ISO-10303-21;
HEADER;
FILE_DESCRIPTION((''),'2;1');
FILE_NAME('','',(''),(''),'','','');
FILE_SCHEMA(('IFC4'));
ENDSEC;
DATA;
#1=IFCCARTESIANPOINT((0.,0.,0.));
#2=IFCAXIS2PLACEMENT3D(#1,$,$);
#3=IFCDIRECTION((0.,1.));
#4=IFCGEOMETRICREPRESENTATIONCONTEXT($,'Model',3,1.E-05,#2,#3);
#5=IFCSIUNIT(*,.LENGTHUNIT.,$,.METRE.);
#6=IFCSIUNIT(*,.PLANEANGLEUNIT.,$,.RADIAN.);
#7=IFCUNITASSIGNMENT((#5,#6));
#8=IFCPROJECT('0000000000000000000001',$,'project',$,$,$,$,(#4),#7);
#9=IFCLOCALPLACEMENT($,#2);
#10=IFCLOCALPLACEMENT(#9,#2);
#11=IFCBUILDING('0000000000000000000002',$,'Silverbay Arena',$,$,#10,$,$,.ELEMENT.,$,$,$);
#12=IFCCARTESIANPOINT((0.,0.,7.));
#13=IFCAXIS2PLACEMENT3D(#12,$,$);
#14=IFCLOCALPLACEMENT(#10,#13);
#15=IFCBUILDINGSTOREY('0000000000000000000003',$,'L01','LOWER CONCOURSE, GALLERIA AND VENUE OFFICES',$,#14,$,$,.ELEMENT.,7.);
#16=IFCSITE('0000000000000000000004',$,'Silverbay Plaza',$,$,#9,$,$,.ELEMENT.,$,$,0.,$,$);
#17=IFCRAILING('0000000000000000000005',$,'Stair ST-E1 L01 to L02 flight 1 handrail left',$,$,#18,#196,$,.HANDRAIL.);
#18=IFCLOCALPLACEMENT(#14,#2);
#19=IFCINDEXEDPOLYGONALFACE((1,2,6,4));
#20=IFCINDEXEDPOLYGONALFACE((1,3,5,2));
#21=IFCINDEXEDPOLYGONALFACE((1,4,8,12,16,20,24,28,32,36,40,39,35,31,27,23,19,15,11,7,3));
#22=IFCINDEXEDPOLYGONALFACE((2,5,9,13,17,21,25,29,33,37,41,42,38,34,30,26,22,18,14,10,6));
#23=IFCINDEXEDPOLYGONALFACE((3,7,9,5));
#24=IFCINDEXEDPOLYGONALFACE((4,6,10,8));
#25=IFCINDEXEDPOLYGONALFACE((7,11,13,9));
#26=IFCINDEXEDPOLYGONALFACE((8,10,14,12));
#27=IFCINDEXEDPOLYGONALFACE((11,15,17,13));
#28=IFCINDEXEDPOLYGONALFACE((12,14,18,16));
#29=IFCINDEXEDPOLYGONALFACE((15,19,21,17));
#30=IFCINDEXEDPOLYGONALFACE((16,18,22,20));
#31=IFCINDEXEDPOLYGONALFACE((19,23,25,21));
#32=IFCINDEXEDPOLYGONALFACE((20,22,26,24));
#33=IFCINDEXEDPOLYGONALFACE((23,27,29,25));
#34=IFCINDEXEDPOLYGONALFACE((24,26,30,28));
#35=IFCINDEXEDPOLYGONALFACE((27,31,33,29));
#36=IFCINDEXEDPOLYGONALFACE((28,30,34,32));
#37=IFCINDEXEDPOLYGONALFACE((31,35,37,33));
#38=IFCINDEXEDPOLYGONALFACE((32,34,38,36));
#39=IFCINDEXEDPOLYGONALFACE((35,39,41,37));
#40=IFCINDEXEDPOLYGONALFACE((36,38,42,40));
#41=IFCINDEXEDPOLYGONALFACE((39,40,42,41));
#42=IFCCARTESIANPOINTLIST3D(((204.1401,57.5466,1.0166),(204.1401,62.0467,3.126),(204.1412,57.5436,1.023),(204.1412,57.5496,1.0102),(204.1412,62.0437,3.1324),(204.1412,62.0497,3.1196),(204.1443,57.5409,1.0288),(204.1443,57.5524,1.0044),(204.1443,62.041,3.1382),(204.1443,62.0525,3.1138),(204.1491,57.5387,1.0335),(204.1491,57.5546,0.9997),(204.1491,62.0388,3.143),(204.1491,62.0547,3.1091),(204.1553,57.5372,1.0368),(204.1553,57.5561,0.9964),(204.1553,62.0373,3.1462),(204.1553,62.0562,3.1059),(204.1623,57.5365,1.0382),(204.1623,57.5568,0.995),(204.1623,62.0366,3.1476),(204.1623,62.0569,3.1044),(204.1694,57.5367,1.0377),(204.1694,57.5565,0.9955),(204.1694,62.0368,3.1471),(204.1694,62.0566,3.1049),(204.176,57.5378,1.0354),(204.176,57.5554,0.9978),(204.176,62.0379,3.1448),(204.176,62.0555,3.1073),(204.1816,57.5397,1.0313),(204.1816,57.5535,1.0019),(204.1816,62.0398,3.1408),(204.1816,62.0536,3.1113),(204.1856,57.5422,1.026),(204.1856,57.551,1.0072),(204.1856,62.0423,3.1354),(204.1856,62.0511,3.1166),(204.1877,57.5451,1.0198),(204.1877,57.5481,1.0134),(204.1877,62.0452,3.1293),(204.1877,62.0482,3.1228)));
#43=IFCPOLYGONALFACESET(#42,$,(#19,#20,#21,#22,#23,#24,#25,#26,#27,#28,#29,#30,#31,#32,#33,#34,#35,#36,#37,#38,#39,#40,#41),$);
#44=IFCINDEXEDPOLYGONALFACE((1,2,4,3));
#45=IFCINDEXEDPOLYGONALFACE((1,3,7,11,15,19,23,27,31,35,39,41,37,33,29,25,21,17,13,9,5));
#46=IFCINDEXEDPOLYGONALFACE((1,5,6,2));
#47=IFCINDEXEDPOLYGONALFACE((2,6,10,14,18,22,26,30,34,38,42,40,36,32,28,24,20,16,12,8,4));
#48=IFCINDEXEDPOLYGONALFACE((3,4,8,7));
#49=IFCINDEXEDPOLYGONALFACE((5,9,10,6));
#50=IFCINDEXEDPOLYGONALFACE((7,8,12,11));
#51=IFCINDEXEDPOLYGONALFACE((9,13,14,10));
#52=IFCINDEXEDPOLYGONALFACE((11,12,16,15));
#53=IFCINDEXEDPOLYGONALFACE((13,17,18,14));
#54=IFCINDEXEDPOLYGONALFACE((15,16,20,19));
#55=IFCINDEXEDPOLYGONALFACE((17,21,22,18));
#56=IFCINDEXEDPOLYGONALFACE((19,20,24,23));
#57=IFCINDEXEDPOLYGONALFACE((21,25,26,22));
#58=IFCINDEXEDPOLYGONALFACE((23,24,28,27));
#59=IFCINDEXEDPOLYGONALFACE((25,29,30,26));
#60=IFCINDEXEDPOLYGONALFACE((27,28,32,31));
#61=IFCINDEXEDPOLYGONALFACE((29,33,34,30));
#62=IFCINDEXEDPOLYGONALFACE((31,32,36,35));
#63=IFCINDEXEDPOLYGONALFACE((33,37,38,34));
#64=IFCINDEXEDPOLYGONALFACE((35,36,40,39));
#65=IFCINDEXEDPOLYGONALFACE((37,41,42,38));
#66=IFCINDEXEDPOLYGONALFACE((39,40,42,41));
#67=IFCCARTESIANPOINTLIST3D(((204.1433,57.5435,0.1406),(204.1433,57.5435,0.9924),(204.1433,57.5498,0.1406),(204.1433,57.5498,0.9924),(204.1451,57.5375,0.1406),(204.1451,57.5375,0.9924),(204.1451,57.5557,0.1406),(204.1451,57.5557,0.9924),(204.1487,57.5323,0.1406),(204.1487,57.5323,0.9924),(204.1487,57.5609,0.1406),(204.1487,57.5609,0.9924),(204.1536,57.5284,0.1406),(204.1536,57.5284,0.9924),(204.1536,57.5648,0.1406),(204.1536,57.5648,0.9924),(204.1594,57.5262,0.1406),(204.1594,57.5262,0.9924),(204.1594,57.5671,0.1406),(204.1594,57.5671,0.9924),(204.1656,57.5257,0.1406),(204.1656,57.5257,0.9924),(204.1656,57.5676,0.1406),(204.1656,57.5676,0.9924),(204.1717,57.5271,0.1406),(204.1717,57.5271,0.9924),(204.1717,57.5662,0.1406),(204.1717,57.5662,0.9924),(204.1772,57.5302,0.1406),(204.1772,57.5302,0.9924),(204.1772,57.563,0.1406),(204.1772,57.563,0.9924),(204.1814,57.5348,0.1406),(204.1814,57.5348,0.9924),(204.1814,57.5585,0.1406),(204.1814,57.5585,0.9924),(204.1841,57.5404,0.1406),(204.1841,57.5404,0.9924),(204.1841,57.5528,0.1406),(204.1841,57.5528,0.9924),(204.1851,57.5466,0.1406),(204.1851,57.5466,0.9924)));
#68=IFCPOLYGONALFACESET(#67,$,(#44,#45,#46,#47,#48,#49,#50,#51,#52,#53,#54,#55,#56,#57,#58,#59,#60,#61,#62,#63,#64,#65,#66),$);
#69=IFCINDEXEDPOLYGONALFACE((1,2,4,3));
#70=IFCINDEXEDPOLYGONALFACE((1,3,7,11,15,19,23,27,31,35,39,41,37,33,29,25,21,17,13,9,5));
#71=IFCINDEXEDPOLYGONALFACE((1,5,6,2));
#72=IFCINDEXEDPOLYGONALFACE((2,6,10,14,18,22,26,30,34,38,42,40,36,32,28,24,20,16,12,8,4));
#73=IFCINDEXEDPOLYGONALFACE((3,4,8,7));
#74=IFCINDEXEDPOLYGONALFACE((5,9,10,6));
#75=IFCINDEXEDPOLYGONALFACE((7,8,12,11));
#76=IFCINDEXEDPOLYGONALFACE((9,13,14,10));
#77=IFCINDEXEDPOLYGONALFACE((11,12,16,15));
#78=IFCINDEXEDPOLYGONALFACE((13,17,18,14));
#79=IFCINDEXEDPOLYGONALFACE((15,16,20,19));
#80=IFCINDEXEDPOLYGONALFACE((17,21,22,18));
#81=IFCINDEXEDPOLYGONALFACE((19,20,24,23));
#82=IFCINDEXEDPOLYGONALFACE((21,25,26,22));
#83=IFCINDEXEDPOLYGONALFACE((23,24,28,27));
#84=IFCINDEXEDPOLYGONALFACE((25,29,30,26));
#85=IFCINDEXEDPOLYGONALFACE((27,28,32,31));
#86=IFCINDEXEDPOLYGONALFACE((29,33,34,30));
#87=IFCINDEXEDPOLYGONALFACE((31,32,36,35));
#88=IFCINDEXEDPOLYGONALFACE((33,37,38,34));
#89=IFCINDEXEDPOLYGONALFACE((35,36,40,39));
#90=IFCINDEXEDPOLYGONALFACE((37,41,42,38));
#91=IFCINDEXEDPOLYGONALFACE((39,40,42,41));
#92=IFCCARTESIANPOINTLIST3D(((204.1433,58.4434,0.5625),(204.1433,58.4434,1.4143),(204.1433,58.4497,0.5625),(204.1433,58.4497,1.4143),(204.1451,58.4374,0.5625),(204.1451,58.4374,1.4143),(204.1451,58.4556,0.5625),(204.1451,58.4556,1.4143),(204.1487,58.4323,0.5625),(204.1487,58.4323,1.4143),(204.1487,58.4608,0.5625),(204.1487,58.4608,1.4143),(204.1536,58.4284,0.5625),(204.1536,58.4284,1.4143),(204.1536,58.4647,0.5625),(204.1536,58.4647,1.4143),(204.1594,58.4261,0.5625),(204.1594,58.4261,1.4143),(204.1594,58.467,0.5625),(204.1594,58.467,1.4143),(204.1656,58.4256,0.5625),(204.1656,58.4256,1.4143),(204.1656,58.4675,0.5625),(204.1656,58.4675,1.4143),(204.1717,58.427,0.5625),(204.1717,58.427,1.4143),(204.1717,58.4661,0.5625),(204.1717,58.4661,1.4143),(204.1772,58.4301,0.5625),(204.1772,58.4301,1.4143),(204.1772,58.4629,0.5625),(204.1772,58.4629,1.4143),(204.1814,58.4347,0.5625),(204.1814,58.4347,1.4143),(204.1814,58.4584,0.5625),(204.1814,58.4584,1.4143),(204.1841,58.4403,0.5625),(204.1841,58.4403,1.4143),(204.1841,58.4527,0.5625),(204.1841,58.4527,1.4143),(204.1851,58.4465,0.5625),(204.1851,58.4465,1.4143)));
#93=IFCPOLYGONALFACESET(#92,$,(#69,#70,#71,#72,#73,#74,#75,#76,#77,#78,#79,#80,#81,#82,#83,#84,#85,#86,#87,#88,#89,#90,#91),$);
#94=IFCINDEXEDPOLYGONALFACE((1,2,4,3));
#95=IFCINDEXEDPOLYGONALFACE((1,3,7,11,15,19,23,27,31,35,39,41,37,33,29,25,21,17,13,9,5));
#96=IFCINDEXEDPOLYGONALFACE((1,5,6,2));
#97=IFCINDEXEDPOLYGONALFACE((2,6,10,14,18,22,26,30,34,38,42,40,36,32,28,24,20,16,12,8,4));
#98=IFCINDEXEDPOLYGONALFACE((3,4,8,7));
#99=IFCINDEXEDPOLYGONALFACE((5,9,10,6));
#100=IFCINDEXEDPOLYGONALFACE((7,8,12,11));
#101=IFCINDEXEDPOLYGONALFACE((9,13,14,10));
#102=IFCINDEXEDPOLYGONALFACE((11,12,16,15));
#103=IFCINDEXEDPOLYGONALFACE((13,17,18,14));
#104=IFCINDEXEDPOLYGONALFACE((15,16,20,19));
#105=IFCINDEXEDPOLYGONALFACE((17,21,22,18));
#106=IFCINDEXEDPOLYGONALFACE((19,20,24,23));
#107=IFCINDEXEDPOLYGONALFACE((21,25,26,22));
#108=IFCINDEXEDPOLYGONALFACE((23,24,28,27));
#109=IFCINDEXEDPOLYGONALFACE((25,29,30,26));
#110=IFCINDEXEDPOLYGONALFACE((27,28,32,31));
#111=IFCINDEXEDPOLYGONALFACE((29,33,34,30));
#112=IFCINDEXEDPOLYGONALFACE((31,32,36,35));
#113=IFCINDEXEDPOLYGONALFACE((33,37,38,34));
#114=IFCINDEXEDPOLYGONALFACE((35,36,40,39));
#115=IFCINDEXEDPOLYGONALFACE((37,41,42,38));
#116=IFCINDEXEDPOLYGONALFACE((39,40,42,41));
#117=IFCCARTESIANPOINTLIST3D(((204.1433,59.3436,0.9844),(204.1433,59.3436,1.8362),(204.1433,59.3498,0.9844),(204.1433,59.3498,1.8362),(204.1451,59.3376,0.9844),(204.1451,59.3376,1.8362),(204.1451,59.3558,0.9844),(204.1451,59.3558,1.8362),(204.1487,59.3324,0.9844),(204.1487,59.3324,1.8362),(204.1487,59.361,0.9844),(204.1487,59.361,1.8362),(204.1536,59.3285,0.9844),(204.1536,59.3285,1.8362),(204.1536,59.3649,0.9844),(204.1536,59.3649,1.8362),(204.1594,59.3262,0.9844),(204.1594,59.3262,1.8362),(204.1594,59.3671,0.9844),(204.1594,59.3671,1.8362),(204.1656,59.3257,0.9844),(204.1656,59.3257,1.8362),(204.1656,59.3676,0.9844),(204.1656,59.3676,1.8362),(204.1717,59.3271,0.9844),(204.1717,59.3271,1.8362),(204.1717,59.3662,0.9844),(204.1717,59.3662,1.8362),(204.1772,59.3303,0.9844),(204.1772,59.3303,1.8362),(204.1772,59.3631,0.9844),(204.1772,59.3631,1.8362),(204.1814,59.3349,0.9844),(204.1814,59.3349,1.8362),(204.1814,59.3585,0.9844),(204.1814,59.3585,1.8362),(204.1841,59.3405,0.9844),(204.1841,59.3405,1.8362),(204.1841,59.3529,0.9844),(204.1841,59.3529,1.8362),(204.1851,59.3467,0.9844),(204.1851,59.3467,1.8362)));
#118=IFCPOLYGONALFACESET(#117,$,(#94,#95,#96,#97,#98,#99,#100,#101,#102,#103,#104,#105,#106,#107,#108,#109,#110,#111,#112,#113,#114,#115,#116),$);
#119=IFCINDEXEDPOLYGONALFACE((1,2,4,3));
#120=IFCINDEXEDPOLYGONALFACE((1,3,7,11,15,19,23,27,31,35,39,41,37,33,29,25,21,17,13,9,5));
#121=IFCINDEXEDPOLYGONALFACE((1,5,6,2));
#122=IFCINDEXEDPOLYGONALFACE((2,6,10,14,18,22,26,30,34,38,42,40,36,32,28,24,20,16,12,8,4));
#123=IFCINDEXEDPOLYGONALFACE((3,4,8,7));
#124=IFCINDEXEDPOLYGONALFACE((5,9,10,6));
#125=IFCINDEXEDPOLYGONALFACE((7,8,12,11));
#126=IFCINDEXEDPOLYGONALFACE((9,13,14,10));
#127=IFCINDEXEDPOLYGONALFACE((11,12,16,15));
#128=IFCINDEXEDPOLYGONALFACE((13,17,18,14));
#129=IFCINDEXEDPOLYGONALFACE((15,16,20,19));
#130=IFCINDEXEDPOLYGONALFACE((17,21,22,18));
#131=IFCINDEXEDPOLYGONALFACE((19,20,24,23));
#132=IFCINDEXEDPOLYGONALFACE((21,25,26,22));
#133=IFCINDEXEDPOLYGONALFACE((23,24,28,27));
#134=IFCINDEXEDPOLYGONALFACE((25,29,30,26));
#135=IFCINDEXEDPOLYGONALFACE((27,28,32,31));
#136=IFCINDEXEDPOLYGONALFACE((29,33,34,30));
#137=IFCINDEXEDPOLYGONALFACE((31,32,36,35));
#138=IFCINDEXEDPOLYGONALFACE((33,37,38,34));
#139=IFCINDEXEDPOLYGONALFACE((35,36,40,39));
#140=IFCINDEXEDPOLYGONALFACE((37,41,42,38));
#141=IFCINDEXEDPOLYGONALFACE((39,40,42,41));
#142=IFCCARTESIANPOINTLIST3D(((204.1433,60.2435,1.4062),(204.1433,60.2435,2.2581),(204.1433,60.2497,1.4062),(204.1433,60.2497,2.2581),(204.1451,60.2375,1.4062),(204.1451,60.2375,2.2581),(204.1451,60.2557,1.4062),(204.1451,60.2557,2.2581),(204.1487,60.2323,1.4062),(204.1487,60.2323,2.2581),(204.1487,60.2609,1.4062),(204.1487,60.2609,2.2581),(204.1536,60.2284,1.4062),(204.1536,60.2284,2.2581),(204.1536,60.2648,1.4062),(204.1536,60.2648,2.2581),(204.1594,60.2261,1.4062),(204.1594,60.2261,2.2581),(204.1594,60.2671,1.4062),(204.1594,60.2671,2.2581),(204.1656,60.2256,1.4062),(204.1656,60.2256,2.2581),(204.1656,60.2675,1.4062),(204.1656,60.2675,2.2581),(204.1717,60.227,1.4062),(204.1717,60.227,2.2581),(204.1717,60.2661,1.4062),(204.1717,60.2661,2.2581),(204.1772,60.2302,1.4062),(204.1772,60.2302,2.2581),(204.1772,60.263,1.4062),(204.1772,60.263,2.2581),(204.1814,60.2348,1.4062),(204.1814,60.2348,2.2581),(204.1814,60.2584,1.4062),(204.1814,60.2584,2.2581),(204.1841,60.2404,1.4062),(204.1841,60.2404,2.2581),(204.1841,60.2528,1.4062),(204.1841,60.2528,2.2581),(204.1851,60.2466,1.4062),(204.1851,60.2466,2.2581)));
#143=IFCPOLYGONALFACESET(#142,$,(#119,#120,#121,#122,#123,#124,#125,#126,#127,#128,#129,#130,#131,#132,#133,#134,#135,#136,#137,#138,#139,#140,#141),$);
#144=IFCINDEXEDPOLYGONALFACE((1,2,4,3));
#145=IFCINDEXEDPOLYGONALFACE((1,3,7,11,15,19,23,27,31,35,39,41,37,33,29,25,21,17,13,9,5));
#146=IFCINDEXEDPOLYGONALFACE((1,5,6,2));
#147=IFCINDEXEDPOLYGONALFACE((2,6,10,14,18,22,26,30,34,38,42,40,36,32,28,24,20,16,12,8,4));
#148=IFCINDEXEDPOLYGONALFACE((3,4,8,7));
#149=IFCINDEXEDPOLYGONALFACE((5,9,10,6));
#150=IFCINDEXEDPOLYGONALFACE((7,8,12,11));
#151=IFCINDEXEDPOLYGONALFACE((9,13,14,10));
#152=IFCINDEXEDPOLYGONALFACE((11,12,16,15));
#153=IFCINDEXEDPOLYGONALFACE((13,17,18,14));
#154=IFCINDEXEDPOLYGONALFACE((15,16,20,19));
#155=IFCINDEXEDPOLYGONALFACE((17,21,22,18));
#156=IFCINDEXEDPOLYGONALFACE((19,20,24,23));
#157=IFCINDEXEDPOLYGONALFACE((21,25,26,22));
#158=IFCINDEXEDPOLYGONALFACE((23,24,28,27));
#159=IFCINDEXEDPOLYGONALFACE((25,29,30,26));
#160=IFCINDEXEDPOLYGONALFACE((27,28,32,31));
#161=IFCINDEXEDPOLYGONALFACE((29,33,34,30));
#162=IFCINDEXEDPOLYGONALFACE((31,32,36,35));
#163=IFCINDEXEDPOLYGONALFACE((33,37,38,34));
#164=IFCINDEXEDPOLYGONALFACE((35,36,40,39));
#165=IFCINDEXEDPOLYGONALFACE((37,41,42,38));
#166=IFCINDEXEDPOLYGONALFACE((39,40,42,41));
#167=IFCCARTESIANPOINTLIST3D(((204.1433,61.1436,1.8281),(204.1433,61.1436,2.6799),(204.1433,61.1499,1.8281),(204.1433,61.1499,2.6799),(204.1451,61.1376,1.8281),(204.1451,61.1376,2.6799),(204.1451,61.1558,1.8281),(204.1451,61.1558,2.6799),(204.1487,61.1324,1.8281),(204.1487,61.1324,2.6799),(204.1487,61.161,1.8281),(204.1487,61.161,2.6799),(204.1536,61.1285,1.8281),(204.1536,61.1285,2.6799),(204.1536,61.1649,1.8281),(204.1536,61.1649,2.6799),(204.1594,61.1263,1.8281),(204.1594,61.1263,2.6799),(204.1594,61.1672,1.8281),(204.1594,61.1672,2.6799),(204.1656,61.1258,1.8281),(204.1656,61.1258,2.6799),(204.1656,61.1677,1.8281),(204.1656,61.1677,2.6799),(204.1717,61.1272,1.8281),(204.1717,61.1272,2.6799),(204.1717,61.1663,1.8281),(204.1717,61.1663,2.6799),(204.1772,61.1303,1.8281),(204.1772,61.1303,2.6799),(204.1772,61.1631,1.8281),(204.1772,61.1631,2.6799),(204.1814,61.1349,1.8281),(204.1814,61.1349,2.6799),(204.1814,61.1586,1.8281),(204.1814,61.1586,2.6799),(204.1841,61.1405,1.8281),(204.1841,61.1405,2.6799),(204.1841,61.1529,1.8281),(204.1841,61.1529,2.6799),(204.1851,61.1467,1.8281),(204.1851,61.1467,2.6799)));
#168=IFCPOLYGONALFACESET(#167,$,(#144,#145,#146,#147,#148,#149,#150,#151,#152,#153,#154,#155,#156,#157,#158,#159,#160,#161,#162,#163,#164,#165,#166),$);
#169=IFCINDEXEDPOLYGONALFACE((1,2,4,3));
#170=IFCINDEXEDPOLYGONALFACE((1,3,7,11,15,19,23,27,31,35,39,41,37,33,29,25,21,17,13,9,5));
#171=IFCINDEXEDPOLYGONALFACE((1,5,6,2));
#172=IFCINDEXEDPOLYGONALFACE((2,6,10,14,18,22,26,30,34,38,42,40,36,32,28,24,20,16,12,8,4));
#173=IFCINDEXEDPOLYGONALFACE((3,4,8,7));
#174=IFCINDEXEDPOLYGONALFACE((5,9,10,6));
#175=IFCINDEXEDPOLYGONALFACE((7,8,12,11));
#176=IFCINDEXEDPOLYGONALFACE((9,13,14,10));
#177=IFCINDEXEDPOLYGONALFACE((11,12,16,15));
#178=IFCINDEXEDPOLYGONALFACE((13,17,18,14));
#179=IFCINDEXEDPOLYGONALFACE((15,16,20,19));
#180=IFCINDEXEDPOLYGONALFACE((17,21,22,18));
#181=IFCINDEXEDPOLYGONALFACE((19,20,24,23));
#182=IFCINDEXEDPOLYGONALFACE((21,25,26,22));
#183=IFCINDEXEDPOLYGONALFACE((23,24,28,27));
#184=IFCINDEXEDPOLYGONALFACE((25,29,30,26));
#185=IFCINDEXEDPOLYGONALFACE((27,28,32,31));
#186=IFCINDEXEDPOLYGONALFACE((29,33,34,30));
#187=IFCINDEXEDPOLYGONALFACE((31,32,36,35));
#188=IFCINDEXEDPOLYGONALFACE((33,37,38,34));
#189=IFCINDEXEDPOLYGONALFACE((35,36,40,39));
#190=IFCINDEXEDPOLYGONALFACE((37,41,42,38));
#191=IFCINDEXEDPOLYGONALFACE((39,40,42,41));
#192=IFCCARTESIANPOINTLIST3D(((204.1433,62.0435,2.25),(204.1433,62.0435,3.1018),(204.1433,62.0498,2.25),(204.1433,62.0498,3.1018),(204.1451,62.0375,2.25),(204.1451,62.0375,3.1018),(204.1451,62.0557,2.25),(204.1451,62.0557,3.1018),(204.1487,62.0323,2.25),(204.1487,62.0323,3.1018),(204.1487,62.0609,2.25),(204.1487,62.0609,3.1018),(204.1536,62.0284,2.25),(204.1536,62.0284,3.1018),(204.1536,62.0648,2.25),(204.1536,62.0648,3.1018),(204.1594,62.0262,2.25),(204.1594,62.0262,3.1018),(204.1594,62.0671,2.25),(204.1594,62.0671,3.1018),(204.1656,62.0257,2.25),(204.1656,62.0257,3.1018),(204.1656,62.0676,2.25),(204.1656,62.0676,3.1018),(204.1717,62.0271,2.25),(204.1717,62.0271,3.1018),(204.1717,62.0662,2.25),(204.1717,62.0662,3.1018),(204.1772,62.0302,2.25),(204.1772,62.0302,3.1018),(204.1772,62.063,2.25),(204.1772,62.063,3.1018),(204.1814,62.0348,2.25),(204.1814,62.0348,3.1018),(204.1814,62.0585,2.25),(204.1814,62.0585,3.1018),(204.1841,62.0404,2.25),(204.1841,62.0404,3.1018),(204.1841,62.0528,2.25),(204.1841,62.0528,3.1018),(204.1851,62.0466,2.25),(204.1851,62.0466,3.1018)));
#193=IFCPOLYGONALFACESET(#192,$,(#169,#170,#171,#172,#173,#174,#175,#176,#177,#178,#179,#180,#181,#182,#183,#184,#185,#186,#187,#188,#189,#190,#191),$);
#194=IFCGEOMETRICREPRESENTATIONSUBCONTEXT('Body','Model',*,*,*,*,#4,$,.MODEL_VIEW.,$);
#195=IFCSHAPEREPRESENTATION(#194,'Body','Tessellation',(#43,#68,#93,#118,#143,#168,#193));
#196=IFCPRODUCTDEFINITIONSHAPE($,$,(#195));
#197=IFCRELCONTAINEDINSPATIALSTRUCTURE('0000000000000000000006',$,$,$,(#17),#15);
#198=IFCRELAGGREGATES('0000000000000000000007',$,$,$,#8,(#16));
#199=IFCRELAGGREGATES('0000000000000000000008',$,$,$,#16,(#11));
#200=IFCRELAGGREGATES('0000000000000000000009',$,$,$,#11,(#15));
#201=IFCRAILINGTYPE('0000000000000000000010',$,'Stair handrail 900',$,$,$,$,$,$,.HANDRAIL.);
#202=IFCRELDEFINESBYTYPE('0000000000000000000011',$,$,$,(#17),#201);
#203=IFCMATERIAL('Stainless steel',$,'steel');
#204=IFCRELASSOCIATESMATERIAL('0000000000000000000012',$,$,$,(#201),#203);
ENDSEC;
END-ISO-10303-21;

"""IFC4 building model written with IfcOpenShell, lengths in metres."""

from ifc_helpers import new_model, si_unit, direction, frame, origin, origin_2d, place, context, subcontext, project, spatial, circle, extrude, material, type_object, element, save


model = new_model("IFC4")

# Units and contexts
model_context = context("Model", 3, precision=1e-05, world=origin(), true_north=direction((0.0, 1.0)))
body_context = subcontext(model_context, "Body", "Model", "MODEL_VIEW")
ifc_project = project(units=[si_unit("LENGTHUNIT", "METRE"), si_unit("PLANEANGLEUNIT", "RADIAN")], contexts=[model_context])

# Site, building, storey
site_placement = place(None, origin())
site = spatial("IfcSite", under=ifc_project, at=site_placement, Name="Silverbay Plaza", CompositionType="ELEMENT", RefElevation=0.0)
building_placement = place(site_placement, origin())
building = spatial("IfcBuilding", under=site, at=building_placement, Name="Silverbay Arena", CompositionType="ELEMENT")
storey_placement = place(building_placement, frame((0.0, 0.0, 7.0)))
storey = spatial("IfcBuildingStorey", under=building, at=storey_placement, Name="L01", Description="LOWER CONCOURSE, GALLERIA AND VENUE OFFICES", CompositionType="ELEMENT", Elevation=7.0)

# Railing
ifc_material_1 = material(Name="Stainless steel", Category="steel")
railing_type_1 = type_object("IfcRailingType", Name="Stair handrail 900", PredefinedType="HANDRAIL", material=ifc_material_1)
for number, where, name in (
    (1, (204.1641, 57.5466, 0.1406), "Stair ST-E1 L01 to L02 flight 1 handrail left"),
):
    element("IfcRailing", number, at=place(storey_placement, frame(where)), inside=storey, type_object=railing_type_1, Name=name, PredefinedType="HANDRAIL", context=body_context, shape_type="SweptSolid", body=[
        extrude(circle(Radius=0.0239, at=origin_2d()), frame((0.0, 0.0, 0.876), z_axis=(0.0, 0.905459, 0.424434), x_axis=(-1.0, 0.0, 0.0)), (0.0, 0.0, 1.0), 4.97),
        extrude(circle(Radius=0.021, at=origin_2d()), origin(), (0.0, 0.0, 1.0), 0.8518),
        extrude(circle(Radius=0.021, at=origin_2d()), frame((0.0, 0.8999, 0.4219)), (0.0, 0.0, 1.0), 0.8518),
        extrude(circle(Radius=0.021, at=origin_2d()), frame((0.0, 1.8, 0.8438)), (0.0, 0.0, 1.0), 0.8518),
        extrude(circle(Radius=0.021, at=origin_2d()), frame((0.0, 2.7, 1.2656)), (0.0, 0.0, 1.0), 0.8518),
        extrude(circle(Radius=0.021, at=origin_2d()), frame((0.0, 3.6001, 1.6875)), (0.0, 0.0, 1.0), 0.8518),
        extrude(circle(Radius=0.021, at=origin_2d()), frame((0.0, 4.5, 2.1094)), (0.0, 0.0, 1.0), 0.8518),
    ])

save(model, "model.ifc")
